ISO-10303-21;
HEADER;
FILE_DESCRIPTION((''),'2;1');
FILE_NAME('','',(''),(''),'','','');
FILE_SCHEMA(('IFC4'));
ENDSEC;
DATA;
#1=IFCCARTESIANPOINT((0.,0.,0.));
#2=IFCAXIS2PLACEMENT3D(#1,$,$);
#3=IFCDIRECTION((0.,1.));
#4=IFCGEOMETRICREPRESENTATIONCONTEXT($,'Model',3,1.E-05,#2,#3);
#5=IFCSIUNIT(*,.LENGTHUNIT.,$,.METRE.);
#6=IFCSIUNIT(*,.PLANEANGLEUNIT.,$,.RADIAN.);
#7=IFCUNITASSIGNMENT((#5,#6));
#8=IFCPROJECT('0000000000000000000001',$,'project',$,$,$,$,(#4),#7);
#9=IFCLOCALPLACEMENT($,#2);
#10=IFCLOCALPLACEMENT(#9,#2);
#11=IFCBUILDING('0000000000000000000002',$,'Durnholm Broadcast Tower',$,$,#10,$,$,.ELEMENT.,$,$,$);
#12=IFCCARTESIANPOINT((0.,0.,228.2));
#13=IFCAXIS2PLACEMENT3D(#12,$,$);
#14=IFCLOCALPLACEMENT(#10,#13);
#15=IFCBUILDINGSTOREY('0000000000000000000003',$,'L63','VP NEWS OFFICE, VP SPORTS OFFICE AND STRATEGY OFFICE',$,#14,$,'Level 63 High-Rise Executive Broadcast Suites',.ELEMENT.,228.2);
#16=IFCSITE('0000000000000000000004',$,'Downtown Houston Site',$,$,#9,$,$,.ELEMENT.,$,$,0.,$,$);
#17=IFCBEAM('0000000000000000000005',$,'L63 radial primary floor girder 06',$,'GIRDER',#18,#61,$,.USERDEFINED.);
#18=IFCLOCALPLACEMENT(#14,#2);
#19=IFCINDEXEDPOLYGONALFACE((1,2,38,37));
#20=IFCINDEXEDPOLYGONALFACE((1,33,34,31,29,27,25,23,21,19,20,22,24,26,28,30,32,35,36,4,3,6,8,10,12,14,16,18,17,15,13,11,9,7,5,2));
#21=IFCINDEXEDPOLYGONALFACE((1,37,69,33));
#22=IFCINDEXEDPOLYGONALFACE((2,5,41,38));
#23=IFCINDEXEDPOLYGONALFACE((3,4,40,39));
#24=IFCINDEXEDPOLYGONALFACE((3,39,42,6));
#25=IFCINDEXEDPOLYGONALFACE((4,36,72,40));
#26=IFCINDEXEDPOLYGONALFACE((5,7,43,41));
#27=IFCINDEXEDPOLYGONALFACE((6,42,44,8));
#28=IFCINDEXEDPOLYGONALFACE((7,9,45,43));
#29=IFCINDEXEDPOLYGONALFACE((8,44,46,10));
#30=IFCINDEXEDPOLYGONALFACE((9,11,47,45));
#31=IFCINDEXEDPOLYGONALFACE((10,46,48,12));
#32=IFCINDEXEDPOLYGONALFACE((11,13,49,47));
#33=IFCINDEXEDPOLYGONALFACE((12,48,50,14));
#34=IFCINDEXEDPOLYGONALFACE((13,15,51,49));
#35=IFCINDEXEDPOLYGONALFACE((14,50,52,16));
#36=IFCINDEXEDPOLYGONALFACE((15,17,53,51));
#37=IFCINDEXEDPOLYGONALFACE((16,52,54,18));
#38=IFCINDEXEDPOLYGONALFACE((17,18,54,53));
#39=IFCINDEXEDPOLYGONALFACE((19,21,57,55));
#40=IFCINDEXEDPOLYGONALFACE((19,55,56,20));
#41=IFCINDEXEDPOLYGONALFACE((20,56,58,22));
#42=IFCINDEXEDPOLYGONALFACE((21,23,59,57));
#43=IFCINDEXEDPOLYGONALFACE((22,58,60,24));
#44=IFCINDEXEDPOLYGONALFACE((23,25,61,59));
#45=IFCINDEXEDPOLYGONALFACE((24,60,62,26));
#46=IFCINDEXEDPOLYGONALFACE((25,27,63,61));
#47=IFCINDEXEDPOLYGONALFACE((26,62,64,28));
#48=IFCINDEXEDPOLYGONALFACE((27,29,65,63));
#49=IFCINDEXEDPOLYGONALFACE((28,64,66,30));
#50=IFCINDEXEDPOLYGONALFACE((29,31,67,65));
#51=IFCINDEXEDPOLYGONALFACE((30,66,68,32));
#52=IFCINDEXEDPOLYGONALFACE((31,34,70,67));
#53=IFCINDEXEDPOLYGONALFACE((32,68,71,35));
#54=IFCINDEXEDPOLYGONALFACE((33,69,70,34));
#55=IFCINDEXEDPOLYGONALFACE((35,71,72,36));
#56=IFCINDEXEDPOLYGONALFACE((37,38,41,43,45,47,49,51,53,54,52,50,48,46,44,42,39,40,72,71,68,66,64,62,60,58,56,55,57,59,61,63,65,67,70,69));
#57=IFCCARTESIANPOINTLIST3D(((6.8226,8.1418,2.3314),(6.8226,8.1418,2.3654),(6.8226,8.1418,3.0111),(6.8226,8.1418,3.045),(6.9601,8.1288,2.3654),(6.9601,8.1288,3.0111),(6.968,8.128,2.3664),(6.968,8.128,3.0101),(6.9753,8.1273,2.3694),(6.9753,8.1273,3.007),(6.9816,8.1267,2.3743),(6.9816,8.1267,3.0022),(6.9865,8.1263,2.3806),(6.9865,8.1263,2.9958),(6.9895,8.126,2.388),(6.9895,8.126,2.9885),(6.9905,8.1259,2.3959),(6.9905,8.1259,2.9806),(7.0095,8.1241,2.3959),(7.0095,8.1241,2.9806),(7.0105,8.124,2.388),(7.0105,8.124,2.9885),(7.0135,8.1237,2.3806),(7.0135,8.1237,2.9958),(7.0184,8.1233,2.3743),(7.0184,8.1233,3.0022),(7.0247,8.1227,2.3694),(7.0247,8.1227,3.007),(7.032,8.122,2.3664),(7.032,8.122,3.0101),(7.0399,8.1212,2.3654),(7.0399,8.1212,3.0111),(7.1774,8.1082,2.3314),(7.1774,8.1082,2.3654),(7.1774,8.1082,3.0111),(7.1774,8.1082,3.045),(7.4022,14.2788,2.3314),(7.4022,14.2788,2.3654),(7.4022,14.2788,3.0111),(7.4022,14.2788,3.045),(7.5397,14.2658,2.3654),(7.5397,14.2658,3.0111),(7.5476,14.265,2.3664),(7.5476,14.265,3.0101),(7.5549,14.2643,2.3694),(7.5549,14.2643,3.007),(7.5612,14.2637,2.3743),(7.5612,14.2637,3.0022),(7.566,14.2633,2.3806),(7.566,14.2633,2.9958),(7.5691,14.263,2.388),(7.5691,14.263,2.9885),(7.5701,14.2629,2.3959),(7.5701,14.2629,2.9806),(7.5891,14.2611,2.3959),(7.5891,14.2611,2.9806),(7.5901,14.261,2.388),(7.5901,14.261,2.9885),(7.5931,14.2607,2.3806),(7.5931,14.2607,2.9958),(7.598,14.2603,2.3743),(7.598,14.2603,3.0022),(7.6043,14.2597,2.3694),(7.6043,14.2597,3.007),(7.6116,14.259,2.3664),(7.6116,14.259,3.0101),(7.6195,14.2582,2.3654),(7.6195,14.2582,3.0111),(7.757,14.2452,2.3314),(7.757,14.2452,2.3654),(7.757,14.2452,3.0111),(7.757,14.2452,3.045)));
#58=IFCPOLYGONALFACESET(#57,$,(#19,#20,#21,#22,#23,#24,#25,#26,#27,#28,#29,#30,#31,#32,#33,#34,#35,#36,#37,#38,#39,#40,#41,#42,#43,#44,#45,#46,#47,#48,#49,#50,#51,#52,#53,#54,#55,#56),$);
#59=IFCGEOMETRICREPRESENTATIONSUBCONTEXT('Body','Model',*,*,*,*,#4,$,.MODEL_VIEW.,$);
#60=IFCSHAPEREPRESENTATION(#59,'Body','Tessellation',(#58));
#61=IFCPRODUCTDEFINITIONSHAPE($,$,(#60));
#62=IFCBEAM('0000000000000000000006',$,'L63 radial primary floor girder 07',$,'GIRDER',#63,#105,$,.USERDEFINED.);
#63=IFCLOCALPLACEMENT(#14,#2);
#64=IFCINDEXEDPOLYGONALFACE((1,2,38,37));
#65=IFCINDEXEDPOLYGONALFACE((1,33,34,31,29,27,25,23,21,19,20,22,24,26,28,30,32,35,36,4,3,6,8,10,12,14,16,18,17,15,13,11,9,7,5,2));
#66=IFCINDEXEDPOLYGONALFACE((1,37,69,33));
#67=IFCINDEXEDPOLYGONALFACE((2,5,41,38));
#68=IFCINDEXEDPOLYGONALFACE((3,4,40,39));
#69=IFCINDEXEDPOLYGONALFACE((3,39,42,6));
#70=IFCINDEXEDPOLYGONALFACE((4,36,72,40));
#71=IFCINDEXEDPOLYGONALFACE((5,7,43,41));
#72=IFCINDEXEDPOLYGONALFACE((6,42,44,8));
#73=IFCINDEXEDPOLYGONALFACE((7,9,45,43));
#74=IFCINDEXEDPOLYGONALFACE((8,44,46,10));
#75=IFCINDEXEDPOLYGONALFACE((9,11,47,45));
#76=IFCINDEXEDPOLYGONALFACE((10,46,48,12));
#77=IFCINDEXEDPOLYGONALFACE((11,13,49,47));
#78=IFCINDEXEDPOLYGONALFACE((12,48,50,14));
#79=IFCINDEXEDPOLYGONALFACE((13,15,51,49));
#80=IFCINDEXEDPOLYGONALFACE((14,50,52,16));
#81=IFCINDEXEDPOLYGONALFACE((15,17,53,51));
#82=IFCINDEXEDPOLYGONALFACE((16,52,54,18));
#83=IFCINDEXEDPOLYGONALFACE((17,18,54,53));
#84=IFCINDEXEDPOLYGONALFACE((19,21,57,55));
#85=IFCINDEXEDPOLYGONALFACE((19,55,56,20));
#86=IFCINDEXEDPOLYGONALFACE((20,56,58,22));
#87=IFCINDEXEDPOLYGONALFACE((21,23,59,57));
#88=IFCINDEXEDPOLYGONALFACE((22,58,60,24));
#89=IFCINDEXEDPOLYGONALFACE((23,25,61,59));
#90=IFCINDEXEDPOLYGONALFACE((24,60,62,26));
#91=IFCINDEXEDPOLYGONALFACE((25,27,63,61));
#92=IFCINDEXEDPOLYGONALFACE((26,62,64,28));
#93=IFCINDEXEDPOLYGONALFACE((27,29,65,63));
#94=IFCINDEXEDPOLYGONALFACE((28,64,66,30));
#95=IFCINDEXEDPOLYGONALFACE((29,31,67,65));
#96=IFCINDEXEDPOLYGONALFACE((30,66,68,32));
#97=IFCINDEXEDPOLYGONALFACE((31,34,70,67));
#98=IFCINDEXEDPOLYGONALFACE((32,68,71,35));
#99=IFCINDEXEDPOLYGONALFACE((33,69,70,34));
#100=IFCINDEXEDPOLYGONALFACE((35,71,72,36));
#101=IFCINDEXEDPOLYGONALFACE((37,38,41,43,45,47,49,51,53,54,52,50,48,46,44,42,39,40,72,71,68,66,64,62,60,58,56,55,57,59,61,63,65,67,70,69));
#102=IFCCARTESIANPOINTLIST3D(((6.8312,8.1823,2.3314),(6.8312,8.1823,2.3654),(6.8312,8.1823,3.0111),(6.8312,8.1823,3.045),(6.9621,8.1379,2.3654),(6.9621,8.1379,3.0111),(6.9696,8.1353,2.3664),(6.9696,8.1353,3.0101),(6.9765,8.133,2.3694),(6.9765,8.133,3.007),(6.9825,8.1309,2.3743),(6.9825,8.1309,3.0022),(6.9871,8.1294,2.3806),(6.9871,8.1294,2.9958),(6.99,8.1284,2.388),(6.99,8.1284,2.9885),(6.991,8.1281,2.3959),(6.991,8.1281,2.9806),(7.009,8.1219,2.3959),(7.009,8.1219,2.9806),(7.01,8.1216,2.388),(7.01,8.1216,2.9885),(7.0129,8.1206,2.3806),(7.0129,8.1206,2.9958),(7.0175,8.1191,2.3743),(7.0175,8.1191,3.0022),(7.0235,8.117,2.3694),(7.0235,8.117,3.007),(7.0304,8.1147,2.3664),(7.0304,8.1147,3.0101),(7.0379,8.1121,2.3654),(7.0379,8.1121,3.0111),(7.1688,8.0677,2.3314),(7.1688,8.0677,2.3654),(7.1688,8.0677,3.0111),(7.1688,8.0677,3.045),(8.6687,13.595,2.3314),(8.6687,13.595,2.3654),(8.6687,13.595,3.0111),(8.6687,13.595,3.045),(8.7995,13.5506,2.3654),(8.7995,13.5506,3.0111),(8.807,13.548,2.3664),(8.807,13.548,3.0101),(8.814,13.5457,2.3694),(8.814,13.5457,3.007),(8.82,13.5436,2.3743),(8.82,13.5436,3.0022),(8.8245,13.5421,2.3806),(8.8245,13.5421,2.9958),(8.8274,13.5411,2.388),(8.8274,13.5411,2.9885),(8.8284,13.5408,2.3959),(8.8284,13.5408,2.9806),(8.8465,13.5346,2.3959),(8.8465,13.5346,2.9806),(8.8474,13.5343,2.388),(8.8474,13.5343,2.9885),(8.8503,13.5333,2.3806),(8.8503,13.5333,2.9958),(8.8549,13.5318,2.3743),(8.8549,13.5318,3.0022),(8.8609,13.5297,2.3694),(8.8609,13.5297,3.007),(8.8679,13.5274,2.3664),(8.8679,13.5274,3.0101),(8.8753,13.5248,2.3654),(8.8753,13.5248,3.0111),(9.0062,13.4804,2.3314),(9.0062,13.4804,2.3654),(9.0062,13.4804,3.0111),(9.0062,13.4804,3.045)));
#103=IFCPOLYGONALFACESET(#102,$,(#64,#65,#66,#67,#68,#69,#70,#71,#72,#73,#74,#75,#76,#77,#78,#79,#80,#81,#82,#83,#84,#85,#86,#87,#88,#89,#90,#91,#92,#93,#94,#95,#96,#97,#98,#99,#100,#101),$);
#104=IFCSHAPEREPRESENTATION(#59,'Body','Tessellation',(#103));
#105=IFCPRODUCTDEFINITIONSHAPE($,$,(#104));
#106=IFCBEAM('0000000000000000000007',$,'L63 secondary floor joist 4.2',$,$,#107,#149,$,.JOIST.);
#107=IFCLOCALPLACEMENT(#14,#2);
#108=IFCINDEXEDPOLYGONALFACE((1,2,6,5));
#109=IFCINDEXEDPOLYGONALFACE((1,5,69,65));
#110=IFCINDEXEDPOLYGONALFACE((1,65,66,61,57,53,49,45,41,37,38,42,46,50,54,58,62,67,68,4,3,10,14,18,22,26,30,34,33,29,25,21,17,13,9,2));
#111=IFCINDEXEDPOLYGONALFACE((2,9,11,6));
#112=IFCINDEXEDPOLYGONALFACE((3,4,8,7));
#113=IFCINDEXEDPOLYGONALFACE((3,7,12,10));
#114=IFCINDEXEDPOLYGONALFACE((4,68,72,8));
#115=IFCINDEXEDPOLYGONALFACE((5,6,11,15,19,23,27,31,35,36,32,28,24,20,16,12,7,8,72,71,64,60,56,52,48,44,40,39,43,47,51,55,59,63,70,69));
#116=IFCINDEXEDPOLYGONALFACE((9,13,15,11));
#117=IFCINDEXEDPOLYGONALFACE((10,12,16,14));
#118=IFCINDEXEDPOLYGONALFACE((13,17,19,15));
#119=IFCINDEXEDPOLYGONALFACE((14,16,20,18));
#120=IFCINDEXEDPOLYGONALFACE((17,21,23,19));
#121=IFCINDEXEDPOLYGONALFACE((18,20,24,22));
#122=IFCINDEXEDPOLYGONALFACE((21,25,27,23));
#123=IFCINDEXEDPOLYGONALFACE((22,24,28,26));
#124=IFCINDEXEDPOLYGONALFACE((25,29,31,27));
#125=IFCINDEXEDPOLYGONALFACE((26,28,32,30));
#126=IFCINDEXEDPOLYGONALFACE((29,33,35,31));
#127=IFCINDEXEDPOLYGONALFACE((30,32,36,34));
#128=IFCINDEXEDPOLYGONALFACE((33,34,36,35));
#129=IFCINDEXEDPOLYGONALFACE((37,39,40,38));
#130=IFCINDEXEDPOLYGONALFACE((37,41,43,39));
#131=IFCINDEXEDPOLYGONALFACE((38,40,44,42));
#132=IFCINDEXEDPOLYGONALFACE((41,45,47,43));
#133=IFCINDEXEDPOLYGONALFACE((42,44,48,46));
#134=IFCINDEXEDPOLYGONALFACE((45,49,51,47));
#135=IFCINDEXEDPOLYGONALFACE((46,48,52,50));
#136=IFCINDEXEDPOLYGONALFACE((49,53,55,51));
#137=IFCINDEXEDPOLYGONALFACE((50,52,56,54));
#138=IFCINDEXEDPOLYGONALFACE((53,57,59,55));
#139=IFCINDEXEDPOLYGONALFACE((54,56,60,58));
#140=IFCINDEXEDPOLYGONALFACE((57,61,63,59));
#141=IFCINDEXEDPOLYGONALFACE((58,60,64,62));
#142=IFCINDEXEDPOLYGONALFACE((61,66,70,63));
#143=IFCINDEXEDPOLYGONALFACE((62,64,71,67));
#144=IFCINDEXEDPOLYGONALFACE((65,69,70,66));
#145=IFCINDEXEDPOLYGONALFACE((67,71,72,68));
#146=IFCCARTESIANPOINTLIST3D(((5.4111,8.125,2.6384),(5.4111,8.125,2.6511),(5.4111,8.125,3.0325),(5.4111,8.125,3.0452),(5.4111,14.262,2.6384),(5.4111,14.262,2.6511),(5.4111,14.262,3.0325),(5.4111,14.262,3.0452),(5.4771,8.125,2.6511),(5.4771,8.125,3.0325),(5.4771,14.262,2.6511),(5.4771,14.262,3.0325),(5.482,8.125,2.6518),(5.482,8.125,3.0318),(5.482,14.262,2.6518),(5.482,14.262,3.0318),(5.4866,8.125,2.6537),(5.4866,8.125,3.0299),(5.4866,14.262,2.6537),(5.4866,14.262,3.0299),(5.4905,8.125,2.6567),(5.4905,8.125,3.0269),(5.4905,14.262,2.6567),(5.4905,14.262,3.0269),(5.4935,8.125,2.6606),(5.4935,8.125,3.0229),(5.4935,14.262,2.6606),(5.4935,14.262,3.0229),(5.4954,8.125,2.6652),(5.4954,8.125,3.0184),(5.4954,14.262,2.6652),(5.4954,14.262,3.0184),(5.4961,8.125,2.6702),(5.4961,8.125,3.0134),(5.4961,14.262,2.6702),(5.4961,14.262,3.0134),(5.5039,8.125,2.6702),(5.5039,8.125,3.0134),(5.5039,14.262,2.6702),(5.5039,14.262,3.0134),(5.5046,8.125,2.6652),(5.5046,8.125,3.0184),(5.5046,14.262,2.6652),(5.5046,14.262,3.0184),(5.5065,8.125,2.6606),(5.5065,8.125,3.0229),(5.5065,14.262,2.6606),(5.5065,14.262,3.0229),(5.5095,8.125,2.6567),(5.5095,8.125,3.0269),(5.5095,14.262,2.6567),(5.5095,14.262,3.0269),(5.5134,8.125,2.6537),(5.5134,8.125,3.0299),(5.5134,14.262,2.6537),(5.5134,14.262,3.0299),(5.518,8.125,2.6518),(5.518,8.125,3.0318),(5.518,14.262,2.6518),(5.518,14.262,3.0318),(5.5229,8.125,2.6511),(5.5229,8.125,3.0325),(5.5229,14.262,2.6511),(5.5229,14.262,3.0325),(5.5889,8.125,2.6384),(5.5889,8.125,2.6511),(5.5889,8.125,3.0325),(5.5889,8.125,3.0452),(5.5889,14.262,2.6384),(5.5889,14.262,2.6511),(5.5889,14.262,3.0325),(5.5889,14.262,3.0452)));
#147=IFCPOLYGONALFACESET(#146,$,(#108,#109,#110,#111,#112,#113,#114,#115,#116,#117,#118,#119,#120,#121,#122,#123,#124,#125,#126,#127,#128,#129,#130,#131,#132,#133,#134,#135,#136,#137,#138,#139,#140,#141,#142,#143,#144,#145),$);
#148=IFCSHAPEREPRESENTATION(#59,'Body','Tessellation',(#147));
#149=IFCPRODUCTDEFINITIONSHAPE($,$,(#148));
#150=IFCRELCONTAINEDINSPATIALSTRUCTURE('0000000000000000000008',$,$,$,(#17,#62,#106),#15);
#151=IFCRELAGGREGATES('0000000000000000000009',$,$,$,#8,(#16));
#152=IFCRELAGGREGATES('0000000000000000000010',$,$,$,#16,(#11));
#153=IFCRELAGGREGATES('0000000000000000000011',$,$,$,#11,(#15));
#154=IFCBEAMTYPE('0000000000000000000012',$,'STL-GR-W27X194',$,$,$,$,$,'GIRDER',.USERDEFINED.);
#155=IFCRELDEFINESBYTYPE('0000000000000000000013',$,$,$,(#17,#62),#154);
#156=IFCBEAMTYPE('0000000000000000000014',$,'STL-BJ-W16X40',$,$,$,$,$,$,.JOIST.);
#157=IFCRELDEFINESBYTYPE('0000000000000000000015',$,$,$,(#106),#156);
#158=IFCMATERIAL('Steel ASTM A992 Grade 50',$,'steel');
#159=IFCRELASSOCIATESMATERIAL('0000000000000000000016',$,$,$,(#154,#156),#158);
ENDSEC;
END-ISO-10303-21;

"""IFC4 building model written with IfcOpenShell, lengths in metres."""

from ifc_helpers import new_model, si_unit, direction, frame, origin, origin_2d, place, context, subcontext, project, spatial, i_section, extrude, source, transform, mapped, material, material_profile, profile_set, type_object, type_shapes, element, save


model = new_model("IFC4")

# Units and contexts
model_context = context("Model", 3, precision=1e-05, world=origin(), true_north=direction((0.0, 1.0)))
body_context = subcontext(model_context, "Body", "Model", "MODEL_VIEW")
ifc_project = project(units=[si_unit("LENGTHUNIT", "METRE"), si_unit("PLANEANGLEUNIT", "RADIAN")], contexts=[model_context])

# Site, building, storey
site_placement = place(None, origin())
site = spatial("IfcSite", under=ifc_project, at=site_placement, Name="Downtown Houston Site", CompositionType="ELEMENT", RefElevation=0.0)
building_placement = place(site_placement, origin())
building = spatial("IfcBuilding", under=site, at=building_placement, Name="Durnholm Broadcast Tower", CompositionType="ELEMENT")
storey_placement = place(building_placement, frame((0.0, 0.0, 228.2)))
storey = spatial("IfcBuildingStorey", under=building, at=storey_placement, Name="L63", Description="VP NEWS OFFICE, VP SPORTS OFFICE AND STRATEGY OFFICE", LongName="Level 63 High-Rise Executive Broadcast Suites", CompositionType="ELEMENT", Elevation=228.2)

# Beams
ifc_material_1 = material(Name="Steel ASTM A992 Grade 50", Category="steel")
ifc_material_profile_1 = material_profile(ifc_material_1, i_section(OverallWidth=0.3564, OverallDepth=0.7136, WebThickness=0.019, FlangeThickness=0.0339, FilletRadius=0.0305, at=origin_2d()), Name="W27X194")
ifc_profile_set_1 = profile_set([ifc_material_profile_1], Name="Steel ASTM A992 Grade 50")
beam_type_1 = type_object("IfcBeamType", Name="STL-GR-W27X194", ElementType="GIRDER", PredefinedType="USERDEFINED", material=ifc_profile_set_1)
shared_shape_1 = source(origin(), body_context, "Body", "SweptSolid", [
    extrude(i_section(OverallWidth=0.3564, OverallDepth=0.7136, WebThickness=0.019, FlangeThickness=0.0339, FilletRadius=0.0305, at=origin_2d()), origin(), (0.0, 0.0, 1.0), 6.1643),
])
beam_1_placement = place(storey_placement, frame((7.0, 8.125, 2.6882), z_axis=(0.094024, 0.99557, 0.0), x_axis=(-0.99557, 0.094024, 0.0)))
element("IfcBeam", 1, at=beam_1_placement, inside=storey, type_object=beam_type_1, Name="L63 radial primary floor girder 06", ObjectType="GIRDER", PredefinedType="USERDEFINED", context=body_context, shape_type="MappedRepresentation", body=[
    mapped(shared_shape_1, transform((0.0, 0.0, 0.0), x_axis=(1.0, 0.0, 0.0), y_axis=(0.0, 1.0, 0.0), z_axis=(0.0, 0.0, 1.0), scale=1.0)),
])
shared_shape_2 = source(origin(), body_context, "Body", "SweptSolid", [
    extrude(i_section(OverallWidth=0.3564, OverallDepth=0.7136, WebThickness=0.019, FlangeThickness=0.0339, FilletRadius=0.0305, at=origin_2d()), origin(), (0.0, 0.0, 1.0), 5.7161),
])
type_shapes(beam_type_1, [shared_shape_1, shared_shape_2])
beam_2_placement = place(storey_placement, frame((7.0, 8.125, 2.6882), z_axis=(0.321451, 0.946926, 0.0), x_axis=(-0.946926, 0.321451, 0.0)))
element("IfcBeam", 2, at=beam_2_placement, inside=storey, type_object=beam_type_1, Name="L63 radial primary floor girder 07", ObjectType="GIRDER", PredefinedType="USERDEFINED", context=body_context, shape_type="MappedRepresentation", body=[
    mapped(shared_shape_2, transform((0.0, 0.0, 0.0), x_axis=(1.0, 0.0, 0.0), y_axis=(0.0, 1.0, 0.0), z_axis=(0.0, 0.0, 1.0), scale=1.0)),
])
ifc_material_profile_2 = material_profile(ifc_material_1, i_section(OverallWidth=0.1777, OverallDepth=0.4067, WebThickness=0.0078, FlangeThickness=0.0127, FilletRadius=0.019, at=origin_2d()), Name="W16X40")
ifc_profile_set_2 = profile_set([ifc_material_profile_2], Name="Steel ASTM A992 Grade 50")
beam_type_2 = type_object("IfcBeamType", Name="STL-BJ-W16X40", PredefinedType="JOIST", material=ifc_profile_set_2)
shared_shape_3 = source(origin(), body_context, "Body", "SweptSolid", [
    extrude(i_section(OverallWidth=0.1777, OverallDepth=0.4067, WebThickness=0.0078, FlangeThickness=0.0127, FilletRadius=0.019, at=origin_2d()), origin(), (0.0, 0.0, 1.0), 6.137),
])
type_shapes(beam_type_2, [shared_shape_3])
beam_3_placement = place(storey_placement, frame((5.5, 8.125, 2.8418), z_axis=(0.0, 1.0, 0.0), x_axis=(-1.0, 0.0, 0.0)))
element("IfcBeam", 3, at=beam_3_placement, inside=storey, type_object=beam_type_2, Name="L63 secondary floor joist 4.2", PredefinedType="JOIST", context=body_context, shape_type="MappedRepresentation", body=[
    mapped(shared_shape_3, transform((0.0, 0.0, 0.0), x_axis=(1.0, 0.0, 0.0), y_axis=(0.0, 1.0, 0.0), z_axis=(0.0, 0.0, 1.0), scale=1.0)),
])

save(model, "model.ifc")
